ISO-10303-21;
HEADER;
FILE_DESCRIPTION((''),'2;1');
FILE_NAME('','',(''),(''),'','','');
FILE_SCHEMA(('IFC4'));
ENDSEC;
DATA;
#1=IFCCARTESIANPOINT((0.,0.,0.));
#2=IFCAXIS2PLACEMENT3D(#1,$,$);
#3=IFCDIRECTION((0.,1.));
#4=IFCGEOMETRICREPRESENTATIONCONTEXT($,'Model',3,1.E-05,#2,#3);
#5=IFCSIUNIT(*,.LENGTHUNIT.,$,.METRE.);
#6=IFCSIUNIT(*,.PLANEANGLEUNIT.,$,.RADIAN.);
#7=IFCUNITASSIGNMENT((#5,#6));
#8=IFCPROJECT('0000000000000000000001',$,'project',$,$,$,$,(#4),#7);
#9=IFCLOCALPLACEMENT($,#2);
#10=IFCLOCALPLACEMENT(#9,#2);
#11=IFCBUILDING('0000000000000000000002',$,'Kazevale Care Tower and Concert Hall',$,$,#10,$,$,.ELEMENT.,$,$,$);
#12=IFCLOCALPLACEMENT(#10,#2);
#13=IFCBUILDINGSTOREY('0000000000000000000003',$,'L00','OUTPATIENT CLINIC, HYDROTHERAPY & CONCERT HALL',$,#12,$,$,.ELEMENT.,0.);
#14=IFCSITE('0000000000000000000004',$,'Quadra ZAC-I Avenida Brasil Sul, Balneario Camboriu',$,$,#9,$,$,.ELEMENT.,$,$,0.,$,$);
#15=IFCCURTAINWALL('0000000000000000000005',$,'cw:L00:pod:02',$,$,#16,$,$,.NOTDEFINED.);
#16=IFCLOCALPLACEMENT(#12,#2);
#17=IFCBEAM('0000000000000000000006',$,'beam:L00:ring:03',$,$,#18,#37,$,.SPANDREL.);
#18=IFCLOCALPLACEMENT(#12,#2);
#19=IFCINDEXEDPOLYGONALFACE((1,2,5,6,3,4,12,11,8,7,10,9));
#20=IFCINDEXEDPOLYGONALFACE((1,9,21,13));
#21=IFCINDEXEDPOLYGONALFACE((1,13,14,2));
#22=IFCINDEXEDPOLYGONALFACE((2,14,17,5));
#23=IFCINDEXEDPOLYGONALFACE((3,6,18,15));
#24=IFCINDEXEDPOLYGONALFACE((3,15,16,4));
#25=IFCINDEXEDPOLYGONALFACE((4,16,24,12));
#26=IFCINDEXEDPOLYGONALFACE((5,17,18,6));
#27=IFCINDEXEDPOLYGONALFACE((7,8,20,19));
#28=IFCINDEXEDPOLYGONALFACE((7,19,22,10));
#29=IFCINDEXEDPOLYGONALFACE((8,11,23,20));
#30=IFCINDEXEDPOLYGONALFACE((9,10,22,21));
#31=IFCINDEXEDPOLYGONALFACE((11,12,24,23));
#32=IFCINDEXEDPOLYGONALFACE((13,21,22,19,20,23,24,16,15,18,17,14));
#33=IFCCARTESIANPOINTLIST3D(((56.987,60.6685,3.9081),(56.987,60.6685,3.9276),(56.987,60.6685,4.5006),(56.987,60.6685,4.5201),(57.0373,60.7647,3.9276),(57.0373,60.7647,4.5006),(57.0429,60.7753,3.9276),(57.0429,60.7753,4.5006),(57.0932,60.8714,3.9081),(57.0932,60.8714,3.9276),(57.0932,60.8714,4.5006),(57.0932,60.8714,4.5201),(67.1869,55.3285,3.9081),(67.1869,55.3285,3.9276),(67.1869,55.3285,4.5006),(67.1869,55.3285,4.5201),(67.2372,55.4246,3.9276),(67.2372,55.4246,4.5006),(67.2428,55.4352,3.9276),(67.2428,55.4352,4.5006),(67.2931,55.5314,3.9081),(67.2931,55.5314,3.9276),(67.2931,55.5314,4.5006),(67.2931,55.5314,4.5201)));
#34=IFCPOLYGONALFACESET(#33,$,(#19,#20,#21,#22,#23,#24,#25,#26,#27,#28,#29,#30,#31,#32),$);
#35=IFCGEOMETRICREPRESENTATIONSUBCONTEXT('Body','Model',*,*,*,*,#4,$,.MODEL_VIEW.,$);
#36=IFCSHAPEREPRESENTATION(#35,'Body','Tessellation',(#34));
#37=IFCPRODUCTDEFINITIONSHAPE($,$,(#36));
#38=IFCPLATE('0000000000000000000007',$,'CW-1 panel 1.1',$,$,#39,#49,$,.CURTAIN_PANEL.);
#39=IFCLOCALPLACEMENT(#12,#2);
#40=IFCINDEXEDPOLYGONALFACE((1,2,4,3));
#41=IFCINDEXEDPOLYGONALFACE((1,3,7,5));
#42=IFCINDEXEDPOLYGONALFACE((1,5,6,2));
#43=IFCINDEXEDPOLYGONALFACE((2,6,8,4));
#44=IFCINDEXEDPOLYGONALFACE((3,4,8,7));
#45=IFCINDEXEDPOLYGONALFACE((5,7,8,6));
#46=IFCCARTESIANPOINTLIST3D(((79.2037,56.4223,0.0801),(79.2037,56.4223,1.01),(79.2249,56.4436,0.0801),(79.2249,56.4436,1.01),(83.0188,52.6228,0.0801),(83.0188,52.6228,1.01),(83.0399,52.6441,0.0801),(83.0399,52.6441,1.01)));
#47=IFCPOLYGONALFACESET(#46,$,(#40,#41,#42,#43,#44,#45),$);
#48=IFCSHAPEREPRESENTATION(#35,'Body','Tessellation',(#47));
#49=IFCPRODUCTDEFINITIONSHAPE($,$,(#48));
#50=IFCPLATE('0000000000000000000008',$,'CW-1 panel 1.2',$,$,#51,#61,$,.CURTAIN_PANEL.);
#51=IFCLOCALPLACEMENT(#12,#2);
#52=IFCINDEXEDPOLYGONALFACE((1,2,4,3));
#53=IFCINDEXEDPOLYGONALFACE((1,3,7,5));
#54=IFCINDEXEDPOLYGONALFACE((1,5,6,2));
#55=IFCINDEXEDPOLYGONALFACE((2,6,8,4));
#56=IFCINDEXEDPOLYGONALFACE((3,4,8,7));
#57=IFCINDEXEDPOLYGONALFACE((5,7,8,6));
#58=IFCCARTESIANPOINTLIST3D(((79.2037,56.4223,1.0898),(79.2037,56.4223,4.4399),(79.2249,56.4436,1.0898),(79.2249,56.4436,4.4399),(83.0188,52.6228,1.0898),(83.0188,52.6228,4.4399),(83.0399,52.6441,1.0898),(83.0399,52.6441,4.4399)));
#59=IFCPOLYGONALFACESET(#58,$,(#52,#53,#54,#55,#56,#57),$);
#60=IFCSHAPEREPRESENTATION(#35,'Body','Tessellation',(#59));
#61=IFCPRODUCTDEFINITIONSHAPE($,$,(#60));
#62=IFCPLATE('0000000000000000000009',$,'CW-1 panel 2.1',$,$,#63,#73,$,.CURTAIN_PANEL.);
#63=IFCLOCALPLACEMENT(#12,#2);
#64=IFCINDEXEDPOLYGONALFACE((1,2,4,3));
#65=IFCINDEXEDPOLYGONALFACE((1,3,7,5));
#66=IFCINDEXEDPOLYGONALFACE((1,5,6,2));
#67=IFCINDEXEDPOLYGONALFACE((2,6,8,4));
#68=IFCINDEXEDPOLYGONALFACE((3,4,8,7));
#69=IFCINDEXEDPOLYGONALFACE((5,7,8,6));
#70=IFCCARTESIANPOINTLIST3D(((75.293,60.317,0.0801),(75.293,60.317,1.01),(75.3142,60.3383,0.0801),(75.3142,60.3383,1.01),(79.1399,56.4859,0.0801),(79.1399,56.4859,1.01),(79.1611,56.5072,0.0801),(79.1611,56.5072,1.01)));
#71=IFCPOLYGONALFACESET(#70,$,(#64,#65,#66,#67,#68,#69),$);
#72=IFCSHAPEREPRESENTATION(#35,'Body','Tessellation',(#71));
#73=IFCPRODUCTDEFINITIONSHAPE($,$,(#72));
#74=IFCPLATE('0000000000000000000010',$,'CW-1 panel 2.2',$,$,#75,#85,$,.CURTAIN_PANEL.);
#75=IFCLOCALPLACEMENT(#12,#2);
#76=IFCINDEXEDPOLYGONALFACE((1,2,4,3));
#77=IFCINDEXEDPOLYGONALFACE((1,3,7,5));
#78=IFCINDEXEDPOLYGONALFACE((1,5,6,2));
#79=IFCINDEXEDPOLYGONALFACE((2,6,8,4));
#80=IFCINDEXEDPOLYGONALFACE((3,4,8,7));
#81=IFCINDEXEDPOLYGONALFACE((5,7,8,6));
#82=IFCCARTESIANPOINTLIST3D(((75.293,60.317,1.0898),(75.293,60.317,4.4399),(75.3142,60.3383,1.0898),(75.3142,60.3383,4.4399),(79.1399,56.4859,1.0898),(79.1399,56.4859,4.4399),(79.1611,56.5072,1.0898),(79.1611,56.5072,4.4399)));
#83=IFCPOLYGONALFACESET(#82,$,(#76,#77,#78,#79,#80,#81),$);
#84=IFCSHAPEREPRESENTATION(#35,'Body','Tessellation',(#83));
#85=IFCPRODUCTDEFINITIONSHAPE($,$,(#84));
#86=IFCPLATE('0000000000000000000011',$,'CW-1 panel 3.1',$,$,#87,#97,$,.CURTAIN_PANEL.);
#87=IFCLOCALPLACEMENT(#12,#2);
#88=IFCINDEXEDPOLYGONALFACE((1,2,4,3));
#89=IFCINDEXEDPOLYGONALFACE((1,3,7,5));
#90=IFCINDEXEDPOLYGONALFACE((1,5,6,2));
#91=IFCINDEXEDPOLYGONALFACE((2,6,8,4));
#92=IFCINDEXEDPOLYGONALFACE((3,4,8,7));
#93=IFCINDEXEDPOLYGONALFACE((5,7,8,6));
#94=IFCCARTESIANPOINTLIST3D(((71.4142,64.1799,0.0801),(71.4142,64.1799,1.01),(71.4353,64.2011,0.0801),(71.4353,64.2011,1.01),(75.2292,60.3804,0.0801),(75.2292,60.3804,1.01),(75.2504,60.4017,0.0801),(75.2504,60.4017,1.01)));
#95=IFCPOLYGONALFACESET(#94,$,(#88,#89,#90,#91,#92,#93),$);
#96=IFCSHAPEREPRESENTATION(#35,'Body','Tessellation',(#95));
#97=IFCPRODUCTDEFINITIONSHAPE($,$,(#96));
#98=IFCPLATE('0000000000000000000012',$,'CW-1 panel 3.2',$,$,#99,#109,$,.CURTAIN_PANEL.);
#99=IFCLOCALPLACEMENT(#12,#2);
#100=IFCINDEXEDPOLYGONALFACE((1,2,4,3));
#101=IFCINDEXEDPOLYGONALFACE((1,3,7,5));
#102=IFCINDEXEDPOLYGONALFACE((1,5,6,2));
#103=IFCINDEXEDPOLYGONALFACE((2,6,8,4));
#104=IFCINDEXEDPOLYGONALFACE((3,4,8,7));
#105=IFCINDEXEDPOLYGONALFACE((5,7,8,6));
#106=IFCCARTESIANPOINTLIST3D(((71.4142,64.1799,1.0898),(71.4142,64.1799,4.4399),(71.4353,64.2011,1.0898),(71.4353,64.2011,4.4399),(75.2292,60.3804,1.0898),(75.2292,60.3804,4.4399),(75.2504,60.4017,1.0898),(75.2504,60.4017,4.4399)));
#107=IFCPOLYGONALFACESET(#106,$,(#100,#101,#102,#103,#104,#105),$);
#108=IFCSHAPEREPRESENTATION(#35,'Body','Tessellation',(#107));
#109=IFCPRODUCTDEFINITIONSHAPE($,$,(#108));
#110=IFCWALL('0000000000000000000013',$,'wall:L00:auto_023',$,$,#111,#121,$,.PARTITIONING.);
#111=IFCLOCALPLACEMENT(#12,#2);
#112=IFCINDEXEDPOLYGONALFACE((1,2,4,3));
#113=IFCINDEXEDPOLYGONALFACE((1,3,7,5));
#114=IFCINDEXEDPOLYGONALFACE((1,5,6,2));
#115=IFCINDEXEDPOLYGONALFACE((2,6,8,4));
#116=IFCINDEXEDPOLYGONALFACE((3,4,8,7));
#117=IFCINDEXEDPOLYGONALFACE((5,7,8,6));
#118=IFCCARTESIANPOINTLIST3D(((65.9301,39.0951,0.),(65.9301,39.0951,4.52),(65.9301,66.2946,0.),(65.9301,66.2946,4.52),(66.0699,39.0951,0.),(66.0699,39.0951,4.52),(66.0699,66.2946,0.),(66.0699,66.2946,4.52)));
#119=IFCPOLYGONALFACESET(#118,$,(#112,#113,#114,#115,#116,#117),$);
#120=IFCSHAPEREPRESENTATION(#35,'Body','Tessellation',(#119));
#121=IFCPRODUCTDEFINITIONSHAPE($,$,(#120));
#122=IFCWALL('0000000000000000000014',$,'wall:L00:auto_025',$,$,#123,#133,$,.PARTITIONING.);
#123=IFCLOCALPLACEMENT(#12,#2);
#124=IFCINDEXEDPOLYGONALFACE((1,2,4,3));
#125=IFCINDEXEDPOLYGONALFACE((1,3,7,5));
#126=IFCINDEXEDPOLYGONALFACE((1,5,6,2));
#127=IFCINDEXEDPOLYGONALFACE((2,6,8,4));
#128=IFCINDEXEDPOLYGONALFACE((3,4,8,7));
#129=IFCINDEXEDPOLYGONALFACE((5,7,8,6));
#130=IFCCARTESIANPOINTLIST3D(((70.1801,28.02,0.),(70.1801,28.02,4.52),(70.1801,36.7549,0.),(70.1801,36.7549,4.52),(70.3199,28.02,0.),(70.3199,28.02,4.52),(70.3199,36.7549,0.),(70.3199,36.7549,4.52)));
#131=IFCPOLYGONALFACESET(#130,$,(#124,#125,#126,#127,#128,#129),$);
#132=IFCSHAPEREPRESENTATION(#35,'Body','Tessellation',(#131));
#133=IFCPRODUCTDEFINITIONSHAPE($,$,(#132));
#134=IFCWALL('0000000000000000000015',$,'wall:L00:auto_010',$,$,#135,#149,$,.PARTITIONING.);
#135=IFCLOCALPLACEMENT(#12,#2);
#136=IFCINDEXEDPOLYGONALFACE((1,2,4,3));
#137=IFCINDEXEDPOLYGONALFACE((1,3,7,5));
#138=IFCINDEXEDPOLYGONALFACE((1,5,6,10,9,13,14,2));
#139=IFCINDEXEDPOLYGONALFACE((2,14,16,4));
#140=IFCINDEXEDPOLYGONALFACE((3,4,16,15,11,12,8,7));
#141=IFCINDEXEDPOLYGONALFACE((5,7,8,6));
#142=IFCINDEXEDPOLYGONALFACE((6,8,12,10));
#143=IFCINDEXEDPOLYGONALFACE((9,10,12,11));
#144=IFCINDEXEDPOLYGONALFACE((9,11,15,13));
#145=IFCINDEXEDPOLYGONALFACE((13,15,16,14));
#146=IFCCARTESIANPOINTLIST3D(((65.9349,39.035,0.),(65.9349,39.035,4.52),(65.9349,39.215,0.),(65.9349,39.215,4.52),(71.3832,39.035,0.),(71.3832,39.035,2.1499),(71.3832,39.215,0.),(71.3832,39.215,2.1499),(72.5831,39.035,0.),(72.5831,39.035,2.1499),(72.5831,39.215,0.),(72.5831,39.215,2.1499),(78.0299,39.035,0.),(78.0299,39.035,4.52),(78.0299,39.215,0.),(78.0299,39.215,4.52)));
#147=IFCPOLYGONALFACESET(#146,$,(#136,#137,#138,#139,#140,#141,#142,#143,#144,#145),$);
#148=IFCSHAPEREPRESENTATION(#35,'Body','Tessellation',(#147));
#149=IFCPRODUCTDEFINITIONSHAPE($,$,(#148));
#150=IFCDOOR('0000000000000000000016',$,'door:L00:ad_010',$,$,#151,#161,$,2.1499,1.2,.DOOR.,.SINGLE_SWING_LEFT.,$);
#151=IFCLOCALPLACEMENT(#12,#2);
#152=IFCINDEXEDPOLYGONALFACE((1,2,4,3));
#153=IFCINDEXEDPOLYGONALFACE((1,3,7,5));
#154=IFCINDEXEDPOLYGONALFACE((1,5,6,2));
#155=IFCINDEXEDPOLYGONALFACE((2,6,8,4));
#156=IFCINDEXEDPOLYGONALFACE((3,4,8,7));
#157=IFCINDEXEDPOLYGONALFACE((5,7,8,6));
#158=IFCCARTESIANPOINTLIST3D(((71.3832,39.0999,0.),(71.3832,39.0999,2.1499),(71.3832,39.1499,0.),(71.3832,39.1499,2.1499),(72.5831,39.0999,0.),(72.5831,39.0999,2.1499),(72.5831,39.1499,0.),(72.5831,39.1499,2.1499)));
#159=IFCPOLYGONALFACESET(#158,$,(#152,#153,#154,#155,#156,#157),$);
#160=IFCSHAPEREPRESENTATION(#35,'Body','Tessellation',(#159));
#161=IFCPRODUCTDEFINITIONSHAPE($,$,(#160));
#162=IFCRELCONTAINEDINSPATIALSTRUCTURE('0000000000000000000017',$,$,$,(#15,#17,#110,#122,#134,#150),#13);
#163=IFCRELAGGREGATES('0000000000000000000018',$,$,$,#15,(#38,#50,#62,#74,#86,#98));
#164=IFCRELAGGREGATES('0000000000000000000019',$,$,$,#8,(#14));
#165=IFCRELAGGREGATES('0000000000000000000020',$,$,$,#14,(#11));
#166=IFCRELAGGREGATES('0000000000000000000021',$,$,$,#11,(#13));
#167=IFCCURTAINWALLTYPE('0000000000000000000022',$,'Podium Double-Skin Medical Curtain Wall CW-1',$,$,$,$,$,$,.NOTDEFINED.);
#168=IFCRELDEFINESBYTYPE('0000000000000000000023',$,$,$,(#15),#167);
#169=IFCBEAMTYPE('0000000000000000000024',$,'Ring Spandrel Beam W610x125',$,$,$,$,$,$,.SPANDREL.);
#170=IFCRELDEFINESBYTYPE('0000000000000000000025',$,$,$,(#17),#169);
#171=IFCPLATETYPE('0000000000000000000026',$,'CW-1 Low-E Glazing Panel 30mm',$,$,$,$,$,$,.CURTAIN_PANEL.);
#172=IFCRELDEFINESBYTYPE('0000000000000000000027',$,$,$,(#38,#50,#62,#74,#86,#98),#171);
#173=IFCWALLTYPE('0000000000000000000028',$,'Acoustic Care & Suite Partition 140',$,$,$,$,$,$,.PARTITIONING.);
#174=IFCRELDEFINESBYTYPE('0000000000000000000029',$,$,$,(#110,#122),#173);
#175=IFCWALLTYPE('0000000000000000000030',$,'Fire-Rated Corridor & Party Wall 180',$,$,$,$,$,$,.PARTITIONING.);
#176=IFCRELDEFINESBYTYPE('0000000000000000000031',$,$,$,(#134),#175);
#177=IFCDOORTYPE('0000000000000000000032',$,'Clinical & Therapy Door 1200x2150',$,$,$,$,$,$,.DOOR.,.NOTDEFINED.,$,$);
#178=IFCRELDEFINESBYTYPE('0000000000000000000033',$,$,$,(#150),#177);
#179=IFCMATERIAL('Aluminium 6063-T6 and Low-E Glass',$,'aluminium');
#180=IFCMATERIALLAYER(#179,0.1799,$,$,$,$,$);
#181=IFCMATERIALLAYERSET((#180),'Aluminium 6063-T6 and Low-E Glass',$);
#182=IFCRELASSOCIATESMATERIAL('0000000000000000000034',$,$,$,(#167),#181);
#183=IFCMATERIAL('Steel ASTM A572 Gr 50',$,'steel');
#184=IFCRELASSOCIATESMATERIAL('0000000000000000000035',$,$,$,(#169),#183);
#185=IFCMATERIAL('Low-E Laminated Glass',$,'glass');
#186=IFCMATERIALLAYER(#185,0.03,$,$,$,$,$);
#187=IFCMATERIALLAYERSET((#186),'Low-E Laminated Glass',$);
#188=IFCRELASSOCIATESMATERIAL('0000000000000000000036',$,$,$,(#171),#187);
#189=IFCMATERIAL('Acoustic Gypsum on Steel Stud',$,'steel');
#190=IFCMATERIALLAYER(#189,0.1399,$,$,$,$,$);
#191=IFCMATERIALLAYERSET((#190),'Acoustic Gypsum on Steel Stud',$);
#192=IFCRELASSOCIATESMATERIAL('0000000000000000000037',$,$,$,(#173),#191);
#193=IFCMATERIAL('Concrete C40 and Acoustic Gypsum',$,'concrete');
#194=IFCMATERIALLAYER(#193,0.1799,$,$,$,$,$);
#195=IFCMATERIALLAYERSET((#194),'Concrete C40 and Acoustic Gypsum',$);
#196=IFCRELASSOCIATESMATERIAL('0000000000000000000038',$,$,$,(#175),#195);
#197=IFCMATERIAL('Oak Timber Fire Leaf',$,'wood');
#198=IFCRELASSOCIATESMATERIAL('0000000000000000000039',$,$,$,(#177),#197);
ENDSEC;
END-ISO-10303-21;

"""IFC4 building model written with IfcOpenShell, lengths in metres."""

from ifc_helpers import new_model, si_unit, direction, frame, frame_2d, origin, origin_2d, place, context, subcontext, project, spatial, rectangle, i_section, extrude, material, layer, layer_set, material_profile, profile_set, type_object, element, fill, aggregate, save


model = new_model("IFC4")

# Units and contexts
model_context = context("Model", 3, precision=1e-05, world=origin(), true_north=direction((0.0, 1.0)))
body_context = subcontext(model_context, "Body", "Model", "MODEL_VIEW")
ifc_project = project(units=[si_unit("LENGTHUNIT", "METRE"), si_unit("PLANEANGLEUNIT", "RADIAN")], contexts=[model_context])

# Site, building, storey
site_placement = place(None, origin())
site = spatial("IfcSite", under=ifc_project, at=site_placement, Name="Quadra ZAC-I Avenida Brasil Sul, Balneario Camboriu", CompositionType="ELEMENT", RefElevation=0.0)
building_placement = place(site_placement, origin())
building = spatial("IfcBuilding", under=site, at=building_placement, Name="Kazevale Care Tower and Concert Hall", CompositionType="ELEMENT")
storey_placement = place(building_placement, origin())
storey = spatial("IfcBuildingStorey", under=building, at=storey_placement, Name="L00", Description="OUTPATIENT CLINIC, HYDROTHERAPY & CONCERT HALL", CompositionType="ELEMENT", Elevation=0.0)

# Curtain wall
ifc_material_1 = material(Name="Aluminium 6063-T6 and Low-E Glass", Category="aluminium")
ifc_layer_1 = layer(ifc_material_1, 0.1799)
ifc_layer_set_1 = layer_set([ifc_layer_1], Name="Aluminium 6063-T6 and Low-E Glass")
curtain_wall_type = type_object("IfcCurtainWallType", Name="Podium Double-Skin Medical Curtain Wall CW-1", PredefinedType="NOTDEFINED", material=ifc_layer_set_1)
curtain_wall_placement = place(storey_placement, origin())
curtain_wall = element("IfcCurtainWall", 1, at=curtain_wall_placement, inside=storey, type_object=curtain_wall_type, Name="cw:L00:pod:02", PredefinedType="NOTDEFINED")

# Beam
ifc_material_2 = material(Name="Steel ASTM A572 Gr 50", Category="steel")
ifc_material_profile_1 = material_profile(ifc_material_2, i_section(OverallWidth=0.229, OverallDepth=0.6121, WebThickness=0.012, FlangeThickness=0.0195, at=origin_2d()), Name="W610x125")
ifc_profile_set_1 = profile_set([ifc_material_profile_1], Name="Steel ASTM A572 Gr 50")
beam_type_1 = type_object("IfcBeamType", Name="Ring Spandrel Beam W610x125", PredefinedType="SPANDREL", material=ifc_profile_set_1)
beam_1_placement = place(storey_placement, frame((67.24, 55.4299, 4.2141), z_axis=(-0.885929, 0.46382, 0.0), x_axis=(-0.46382, -0.885929, 0.0)))
element("IfcBeam", 2, at=beam_1_placement, inside=storey, type_object=beam_type_1, Name="beam:L00:ring:03", PredefinedType="SPANDREL", context=body_context, shape_type="SweptSolid", body=[
    extrude(i_section(OverallWidth=0.229, OverallDepth=0.6121, WebThickness=0.012, FlangeThickness=0.0195, at=origin_2d()), origin(), (0.0, 0.0, 1.0), 11.5132),
])

# Plates
ifc_material_3 = material(Name="Low-E Laminated Glass", Category="glass")
ifc_layer_2 = layer(ifc_material_3, 0.03)
ifc_layer_set_2 = layer_set([ifc_layer_2], Name="Low-E Laminated Glass")
plate_type = type_object("IfcPlateType", Name="CW-1 Low-E Glazing Panel 30mm", PredefinedType="CURTAIN_PANEL", material=ifc_layer_set_2)
plate_1_placement = place(storey_placement, frame((81.1218, 54.5332, 0.0801), z_axis=(0.0, 0.0, 1.0), x_axis=(-0.708555, 0.705656, 0.0)))
plate_1 = element("IfcPlate", 3, at=plate_1_placement, type_object=plate_type, Name="CW-1 panel 1.1", PredefinedType="CURTAIN_PANEL", context=body_context, shape_type="SweptSolid", body=[
    extrude(rectangle(XDim=5.3843, YDim=0.03, at=origin_2d()), origin(), (0.0, 0.0, 1.0), 0.9299),
])
plate_2_placement = place(storey_placement, frame((81.1218, 54.5332, 1.0898), z_axis=(0.0, 0.0, 1.0), x_axis=(-0.708555, 0.705656, 0.0)))
plate_2 = element("IfcPlate", 4, at=plate_2_placement, type_object=plate_type, Name="CW-1 panel 1.2", PredefinedType="CURTAIN_PANEL", context=body_context, shape_type="SweptSolid", body=[
    extrude(rectangle(XDim=5.3843, YDim=0.03, at=origin_2d()), origin(), (0.0, 0.0, 1.0), 3.3501),
])
plate_3_placement = place(storey_placement, frame((77.2271, 58.4121, 0.0801), z_axis=(0.0, 0.0, 1.0), x_axis=(-0.708555, 0.705656, 0.0)))
plate_3 = element("IfcPlate", 5, at=plate_3_placement, type_object=plate_type, Name="CW-1 panel 2.1", PredefinedType="CURTAIN_PANEL", context=body_context, shape_type="SweptSolid", body=[
    extrude(rectangle(XDim=5.4292, YDim=0.03, at=origin_2d()), origin(), (0.0, 0.0, 1.0), 0.9299),
])
plate_4_placement = place(storey_placement, frame((77.2271, 58.4121, 1.0898), z_axis=(0.0, 0.0, 1.0), x_axis=(-0.708555, 0.705656, 0.0)))
plate_4 = element("IfcPlate", 6, at=plate_4_placement, type_object=plate_type, Name="CW-1 panel 2.2", PredefinedType="CURTAIN_PANEL", context=body_context, shape_type="SweptSolid", body=[
    extrude(rectangle(XDim=5.4292, YDim=0.03, at=origin_2d()), origin(), (0.0, 0.0, 1.0), 3.3501),
])
plate_5_placement = place(storey_placement, frame((73.3323, 62.2908, 0.0801), z_axis=(0.0, 0.0, 1.0), x_axis=(-0.708555, 0.705656, 0.0)))
plate_5 = element("IfcPlate", 7, at=plate_5_placement, type_object=plate_type, Name="CW-1 panel 3.1", PredefinedType="CURTAIN_PANEL", context=body_context, shape_type="SweptSolid", body=[
    extrude(rectangle(XDim=5.3843, YDim=0.03, at=origin_2d()), origin(), (0.0, 0.0, 1.0), 0.9299),
])
plate_6_placement = place(storey_placement, frame((73.3323, 62.2908, 1.0898), z_axis=(0.0, 0.0, 1.0), x_axis=(-0.708555, 0.705656, 0.0)))
plate_6 = element("IfcPlate", 8, at=plate_6_placement, type_object=plate_type, Name="CW-1 panel 3.2", PredefinedType="CURTAIN_PANEL", context=body_context, shape_type="SweptSolid", body=[
    extrude(rectangle(XDim=5.3843, YDim=0.03, at=origin_2d()), origin(), (0.0, 0.0, 1.0), 3.3501),
])
aggregate(curtain_wall, [plate_1, plate_2, plate_3, plate_4, plate_5, plate_6])

# Walls
ifc_material_4 = material(Name="Acoustic Gypsum on Steel Stud", Category="steel")
ifc_layer_3 = layer(ifc_material_4, 0.1399)
ifc_layer_set_3 = layer_set([ifc_layer_3], Name="Acoustic Gypsum on Steel Stud")
wall_type_1 = type_object("IfcWallType", Name="Acoustic Care & Suite Partition 140", PredefinedType="PARTITIONING", material=ifc_layer_set_3)
wall_1_placement = place(storey_placement, frame((66.0, 66.2944, 0.0), z_axis=(0.0, 0.0, 1.0), x_axis=(0.0, -1.0, 0.0)))
element("IfcWall", 9, at=wall_1_placement, inside=storey, type_object=wall_type_1, Name="wall:L00:auto_023", PredefinedType="PARTITIONING", context=body_context, shape_type="SweptSolid", body=[
    extrude(rectangle(XDim=27.1995, YDim=0.1399, at=frame_2d((13.5996, 0.0))), origin(), (0.0, 0.0, 1.0), 4.52),
])
wall_2_placement = place(storey_placement, frame((70.25, 36.7549, 0.0), z_axis=(0.0, 0.0, 1.0), x_axis=(0.0, -1.0, 0.0)))
element("IfcWall", 10, at=wall_2_placement, inside=storey, type_object=wall_type_1, Name="wall:L00:auto_025", PredefinedType="PARTITIONING", context=body_context, shape_type="SweptSolid", body=[
    extrude(rectangle(XDim=8.7349, YDim=0.1399, at=frame_2d((4.3674, 0.0))), origin(), (0.0, 0.0, 1.0), 4.52),
])

# Wall, opening, door
ifc_material_5 = material(Name="Concrete C40 and Acoustic Gypsum", Category="concrete")
ifc_layer_4 = layer(ifc_material_5, 0.1799)
ifc_layer_set_4 = layer_set([ifc_layer_4], Name="Concrete C40 and Acoustic Gypsum")
wall_type_2 = type_object("IfcWallType", Name="Fire-Rated Corridor & Party Wall 180", PredefinedType="PARTITIONING", material=ifc_layer_set_4)
wall_3_placement = place(storey_placement, frame((65.9351, 39.125, 0.0), z_axis=(0.0, 0.0, 1.0), x_axis=(1.0, 0.0, 0.0)))
wall_3 = element("IfcWall", 11, at=wall_3_placement, inside=storey, type_object=wall_type_2, Name="wall:L00:auto_010", PredefinedType="PARTITIONING", context=body_context, shape_type="SweptSolid", body=[
    extrude(rectangle(XDim=12.095, YDim=0.1799, at=frame_2d((6.0474, 0.0))), origin(), (0.0, 0.0, 1.0), 4.52),
])
opening_1_placement = place(wall_3_placement, frame((5.448, 0.0, 0.0)))
opening_1 = element("IfcOpeningElement", 12, at=opening_1_placement, cuts=wall_3, PredefinedType="OPENING", context=body_context, shape_type="SweptSolid", body=[
    extrude(rectangle(XDim=1.2, YDim=2.1499, at=frame_2d((0.6001, 1.075))), frame((0.0, 0.0999, 0.0), z_axis=(0.0, -1.0, 0.0), x_axis=(1.0, 0.0, 0.0)), (0.0, 0.0, 1.0), 0.2),
])
ifc_material_6 = material(Name="Oak Timber Fire Leaf", Category="wood")
door_type = type_object("IfcDoorType", Name="Clinical & Therapy Door 1200x2150", OperationType="NOTDEFINED", PredefinedType="DOOR", material=ifc_material_6)
door_1_placement = place(opening_1_placement, origin())
door_1 = element("IfcDoor", 13, at=door_1_placement, inside=storey, type_object=door_type, Name="door:L00:ad_010", OperationType="SINGLE_SWING_LEFT", OverallHeight=2.1499, OverallWidth=1.2, PredefinedType="DOOR", context=body_context, shape_type="SweptSolid", body=[
    extrude(rectangle(XDim=1.2, YDim=2.1499, at=frame_2d((0.6001, 1.075))), frame((0.0, 0.0249, 0.0), z_axis=(0.0, -1.0, 0.0), x_axis=(1.0, 0.0, 0.0)), (0.0, 0.0, 1.0), 0.05),
])
fill(opening_1, door_1)

save(model, "model.ifc")
